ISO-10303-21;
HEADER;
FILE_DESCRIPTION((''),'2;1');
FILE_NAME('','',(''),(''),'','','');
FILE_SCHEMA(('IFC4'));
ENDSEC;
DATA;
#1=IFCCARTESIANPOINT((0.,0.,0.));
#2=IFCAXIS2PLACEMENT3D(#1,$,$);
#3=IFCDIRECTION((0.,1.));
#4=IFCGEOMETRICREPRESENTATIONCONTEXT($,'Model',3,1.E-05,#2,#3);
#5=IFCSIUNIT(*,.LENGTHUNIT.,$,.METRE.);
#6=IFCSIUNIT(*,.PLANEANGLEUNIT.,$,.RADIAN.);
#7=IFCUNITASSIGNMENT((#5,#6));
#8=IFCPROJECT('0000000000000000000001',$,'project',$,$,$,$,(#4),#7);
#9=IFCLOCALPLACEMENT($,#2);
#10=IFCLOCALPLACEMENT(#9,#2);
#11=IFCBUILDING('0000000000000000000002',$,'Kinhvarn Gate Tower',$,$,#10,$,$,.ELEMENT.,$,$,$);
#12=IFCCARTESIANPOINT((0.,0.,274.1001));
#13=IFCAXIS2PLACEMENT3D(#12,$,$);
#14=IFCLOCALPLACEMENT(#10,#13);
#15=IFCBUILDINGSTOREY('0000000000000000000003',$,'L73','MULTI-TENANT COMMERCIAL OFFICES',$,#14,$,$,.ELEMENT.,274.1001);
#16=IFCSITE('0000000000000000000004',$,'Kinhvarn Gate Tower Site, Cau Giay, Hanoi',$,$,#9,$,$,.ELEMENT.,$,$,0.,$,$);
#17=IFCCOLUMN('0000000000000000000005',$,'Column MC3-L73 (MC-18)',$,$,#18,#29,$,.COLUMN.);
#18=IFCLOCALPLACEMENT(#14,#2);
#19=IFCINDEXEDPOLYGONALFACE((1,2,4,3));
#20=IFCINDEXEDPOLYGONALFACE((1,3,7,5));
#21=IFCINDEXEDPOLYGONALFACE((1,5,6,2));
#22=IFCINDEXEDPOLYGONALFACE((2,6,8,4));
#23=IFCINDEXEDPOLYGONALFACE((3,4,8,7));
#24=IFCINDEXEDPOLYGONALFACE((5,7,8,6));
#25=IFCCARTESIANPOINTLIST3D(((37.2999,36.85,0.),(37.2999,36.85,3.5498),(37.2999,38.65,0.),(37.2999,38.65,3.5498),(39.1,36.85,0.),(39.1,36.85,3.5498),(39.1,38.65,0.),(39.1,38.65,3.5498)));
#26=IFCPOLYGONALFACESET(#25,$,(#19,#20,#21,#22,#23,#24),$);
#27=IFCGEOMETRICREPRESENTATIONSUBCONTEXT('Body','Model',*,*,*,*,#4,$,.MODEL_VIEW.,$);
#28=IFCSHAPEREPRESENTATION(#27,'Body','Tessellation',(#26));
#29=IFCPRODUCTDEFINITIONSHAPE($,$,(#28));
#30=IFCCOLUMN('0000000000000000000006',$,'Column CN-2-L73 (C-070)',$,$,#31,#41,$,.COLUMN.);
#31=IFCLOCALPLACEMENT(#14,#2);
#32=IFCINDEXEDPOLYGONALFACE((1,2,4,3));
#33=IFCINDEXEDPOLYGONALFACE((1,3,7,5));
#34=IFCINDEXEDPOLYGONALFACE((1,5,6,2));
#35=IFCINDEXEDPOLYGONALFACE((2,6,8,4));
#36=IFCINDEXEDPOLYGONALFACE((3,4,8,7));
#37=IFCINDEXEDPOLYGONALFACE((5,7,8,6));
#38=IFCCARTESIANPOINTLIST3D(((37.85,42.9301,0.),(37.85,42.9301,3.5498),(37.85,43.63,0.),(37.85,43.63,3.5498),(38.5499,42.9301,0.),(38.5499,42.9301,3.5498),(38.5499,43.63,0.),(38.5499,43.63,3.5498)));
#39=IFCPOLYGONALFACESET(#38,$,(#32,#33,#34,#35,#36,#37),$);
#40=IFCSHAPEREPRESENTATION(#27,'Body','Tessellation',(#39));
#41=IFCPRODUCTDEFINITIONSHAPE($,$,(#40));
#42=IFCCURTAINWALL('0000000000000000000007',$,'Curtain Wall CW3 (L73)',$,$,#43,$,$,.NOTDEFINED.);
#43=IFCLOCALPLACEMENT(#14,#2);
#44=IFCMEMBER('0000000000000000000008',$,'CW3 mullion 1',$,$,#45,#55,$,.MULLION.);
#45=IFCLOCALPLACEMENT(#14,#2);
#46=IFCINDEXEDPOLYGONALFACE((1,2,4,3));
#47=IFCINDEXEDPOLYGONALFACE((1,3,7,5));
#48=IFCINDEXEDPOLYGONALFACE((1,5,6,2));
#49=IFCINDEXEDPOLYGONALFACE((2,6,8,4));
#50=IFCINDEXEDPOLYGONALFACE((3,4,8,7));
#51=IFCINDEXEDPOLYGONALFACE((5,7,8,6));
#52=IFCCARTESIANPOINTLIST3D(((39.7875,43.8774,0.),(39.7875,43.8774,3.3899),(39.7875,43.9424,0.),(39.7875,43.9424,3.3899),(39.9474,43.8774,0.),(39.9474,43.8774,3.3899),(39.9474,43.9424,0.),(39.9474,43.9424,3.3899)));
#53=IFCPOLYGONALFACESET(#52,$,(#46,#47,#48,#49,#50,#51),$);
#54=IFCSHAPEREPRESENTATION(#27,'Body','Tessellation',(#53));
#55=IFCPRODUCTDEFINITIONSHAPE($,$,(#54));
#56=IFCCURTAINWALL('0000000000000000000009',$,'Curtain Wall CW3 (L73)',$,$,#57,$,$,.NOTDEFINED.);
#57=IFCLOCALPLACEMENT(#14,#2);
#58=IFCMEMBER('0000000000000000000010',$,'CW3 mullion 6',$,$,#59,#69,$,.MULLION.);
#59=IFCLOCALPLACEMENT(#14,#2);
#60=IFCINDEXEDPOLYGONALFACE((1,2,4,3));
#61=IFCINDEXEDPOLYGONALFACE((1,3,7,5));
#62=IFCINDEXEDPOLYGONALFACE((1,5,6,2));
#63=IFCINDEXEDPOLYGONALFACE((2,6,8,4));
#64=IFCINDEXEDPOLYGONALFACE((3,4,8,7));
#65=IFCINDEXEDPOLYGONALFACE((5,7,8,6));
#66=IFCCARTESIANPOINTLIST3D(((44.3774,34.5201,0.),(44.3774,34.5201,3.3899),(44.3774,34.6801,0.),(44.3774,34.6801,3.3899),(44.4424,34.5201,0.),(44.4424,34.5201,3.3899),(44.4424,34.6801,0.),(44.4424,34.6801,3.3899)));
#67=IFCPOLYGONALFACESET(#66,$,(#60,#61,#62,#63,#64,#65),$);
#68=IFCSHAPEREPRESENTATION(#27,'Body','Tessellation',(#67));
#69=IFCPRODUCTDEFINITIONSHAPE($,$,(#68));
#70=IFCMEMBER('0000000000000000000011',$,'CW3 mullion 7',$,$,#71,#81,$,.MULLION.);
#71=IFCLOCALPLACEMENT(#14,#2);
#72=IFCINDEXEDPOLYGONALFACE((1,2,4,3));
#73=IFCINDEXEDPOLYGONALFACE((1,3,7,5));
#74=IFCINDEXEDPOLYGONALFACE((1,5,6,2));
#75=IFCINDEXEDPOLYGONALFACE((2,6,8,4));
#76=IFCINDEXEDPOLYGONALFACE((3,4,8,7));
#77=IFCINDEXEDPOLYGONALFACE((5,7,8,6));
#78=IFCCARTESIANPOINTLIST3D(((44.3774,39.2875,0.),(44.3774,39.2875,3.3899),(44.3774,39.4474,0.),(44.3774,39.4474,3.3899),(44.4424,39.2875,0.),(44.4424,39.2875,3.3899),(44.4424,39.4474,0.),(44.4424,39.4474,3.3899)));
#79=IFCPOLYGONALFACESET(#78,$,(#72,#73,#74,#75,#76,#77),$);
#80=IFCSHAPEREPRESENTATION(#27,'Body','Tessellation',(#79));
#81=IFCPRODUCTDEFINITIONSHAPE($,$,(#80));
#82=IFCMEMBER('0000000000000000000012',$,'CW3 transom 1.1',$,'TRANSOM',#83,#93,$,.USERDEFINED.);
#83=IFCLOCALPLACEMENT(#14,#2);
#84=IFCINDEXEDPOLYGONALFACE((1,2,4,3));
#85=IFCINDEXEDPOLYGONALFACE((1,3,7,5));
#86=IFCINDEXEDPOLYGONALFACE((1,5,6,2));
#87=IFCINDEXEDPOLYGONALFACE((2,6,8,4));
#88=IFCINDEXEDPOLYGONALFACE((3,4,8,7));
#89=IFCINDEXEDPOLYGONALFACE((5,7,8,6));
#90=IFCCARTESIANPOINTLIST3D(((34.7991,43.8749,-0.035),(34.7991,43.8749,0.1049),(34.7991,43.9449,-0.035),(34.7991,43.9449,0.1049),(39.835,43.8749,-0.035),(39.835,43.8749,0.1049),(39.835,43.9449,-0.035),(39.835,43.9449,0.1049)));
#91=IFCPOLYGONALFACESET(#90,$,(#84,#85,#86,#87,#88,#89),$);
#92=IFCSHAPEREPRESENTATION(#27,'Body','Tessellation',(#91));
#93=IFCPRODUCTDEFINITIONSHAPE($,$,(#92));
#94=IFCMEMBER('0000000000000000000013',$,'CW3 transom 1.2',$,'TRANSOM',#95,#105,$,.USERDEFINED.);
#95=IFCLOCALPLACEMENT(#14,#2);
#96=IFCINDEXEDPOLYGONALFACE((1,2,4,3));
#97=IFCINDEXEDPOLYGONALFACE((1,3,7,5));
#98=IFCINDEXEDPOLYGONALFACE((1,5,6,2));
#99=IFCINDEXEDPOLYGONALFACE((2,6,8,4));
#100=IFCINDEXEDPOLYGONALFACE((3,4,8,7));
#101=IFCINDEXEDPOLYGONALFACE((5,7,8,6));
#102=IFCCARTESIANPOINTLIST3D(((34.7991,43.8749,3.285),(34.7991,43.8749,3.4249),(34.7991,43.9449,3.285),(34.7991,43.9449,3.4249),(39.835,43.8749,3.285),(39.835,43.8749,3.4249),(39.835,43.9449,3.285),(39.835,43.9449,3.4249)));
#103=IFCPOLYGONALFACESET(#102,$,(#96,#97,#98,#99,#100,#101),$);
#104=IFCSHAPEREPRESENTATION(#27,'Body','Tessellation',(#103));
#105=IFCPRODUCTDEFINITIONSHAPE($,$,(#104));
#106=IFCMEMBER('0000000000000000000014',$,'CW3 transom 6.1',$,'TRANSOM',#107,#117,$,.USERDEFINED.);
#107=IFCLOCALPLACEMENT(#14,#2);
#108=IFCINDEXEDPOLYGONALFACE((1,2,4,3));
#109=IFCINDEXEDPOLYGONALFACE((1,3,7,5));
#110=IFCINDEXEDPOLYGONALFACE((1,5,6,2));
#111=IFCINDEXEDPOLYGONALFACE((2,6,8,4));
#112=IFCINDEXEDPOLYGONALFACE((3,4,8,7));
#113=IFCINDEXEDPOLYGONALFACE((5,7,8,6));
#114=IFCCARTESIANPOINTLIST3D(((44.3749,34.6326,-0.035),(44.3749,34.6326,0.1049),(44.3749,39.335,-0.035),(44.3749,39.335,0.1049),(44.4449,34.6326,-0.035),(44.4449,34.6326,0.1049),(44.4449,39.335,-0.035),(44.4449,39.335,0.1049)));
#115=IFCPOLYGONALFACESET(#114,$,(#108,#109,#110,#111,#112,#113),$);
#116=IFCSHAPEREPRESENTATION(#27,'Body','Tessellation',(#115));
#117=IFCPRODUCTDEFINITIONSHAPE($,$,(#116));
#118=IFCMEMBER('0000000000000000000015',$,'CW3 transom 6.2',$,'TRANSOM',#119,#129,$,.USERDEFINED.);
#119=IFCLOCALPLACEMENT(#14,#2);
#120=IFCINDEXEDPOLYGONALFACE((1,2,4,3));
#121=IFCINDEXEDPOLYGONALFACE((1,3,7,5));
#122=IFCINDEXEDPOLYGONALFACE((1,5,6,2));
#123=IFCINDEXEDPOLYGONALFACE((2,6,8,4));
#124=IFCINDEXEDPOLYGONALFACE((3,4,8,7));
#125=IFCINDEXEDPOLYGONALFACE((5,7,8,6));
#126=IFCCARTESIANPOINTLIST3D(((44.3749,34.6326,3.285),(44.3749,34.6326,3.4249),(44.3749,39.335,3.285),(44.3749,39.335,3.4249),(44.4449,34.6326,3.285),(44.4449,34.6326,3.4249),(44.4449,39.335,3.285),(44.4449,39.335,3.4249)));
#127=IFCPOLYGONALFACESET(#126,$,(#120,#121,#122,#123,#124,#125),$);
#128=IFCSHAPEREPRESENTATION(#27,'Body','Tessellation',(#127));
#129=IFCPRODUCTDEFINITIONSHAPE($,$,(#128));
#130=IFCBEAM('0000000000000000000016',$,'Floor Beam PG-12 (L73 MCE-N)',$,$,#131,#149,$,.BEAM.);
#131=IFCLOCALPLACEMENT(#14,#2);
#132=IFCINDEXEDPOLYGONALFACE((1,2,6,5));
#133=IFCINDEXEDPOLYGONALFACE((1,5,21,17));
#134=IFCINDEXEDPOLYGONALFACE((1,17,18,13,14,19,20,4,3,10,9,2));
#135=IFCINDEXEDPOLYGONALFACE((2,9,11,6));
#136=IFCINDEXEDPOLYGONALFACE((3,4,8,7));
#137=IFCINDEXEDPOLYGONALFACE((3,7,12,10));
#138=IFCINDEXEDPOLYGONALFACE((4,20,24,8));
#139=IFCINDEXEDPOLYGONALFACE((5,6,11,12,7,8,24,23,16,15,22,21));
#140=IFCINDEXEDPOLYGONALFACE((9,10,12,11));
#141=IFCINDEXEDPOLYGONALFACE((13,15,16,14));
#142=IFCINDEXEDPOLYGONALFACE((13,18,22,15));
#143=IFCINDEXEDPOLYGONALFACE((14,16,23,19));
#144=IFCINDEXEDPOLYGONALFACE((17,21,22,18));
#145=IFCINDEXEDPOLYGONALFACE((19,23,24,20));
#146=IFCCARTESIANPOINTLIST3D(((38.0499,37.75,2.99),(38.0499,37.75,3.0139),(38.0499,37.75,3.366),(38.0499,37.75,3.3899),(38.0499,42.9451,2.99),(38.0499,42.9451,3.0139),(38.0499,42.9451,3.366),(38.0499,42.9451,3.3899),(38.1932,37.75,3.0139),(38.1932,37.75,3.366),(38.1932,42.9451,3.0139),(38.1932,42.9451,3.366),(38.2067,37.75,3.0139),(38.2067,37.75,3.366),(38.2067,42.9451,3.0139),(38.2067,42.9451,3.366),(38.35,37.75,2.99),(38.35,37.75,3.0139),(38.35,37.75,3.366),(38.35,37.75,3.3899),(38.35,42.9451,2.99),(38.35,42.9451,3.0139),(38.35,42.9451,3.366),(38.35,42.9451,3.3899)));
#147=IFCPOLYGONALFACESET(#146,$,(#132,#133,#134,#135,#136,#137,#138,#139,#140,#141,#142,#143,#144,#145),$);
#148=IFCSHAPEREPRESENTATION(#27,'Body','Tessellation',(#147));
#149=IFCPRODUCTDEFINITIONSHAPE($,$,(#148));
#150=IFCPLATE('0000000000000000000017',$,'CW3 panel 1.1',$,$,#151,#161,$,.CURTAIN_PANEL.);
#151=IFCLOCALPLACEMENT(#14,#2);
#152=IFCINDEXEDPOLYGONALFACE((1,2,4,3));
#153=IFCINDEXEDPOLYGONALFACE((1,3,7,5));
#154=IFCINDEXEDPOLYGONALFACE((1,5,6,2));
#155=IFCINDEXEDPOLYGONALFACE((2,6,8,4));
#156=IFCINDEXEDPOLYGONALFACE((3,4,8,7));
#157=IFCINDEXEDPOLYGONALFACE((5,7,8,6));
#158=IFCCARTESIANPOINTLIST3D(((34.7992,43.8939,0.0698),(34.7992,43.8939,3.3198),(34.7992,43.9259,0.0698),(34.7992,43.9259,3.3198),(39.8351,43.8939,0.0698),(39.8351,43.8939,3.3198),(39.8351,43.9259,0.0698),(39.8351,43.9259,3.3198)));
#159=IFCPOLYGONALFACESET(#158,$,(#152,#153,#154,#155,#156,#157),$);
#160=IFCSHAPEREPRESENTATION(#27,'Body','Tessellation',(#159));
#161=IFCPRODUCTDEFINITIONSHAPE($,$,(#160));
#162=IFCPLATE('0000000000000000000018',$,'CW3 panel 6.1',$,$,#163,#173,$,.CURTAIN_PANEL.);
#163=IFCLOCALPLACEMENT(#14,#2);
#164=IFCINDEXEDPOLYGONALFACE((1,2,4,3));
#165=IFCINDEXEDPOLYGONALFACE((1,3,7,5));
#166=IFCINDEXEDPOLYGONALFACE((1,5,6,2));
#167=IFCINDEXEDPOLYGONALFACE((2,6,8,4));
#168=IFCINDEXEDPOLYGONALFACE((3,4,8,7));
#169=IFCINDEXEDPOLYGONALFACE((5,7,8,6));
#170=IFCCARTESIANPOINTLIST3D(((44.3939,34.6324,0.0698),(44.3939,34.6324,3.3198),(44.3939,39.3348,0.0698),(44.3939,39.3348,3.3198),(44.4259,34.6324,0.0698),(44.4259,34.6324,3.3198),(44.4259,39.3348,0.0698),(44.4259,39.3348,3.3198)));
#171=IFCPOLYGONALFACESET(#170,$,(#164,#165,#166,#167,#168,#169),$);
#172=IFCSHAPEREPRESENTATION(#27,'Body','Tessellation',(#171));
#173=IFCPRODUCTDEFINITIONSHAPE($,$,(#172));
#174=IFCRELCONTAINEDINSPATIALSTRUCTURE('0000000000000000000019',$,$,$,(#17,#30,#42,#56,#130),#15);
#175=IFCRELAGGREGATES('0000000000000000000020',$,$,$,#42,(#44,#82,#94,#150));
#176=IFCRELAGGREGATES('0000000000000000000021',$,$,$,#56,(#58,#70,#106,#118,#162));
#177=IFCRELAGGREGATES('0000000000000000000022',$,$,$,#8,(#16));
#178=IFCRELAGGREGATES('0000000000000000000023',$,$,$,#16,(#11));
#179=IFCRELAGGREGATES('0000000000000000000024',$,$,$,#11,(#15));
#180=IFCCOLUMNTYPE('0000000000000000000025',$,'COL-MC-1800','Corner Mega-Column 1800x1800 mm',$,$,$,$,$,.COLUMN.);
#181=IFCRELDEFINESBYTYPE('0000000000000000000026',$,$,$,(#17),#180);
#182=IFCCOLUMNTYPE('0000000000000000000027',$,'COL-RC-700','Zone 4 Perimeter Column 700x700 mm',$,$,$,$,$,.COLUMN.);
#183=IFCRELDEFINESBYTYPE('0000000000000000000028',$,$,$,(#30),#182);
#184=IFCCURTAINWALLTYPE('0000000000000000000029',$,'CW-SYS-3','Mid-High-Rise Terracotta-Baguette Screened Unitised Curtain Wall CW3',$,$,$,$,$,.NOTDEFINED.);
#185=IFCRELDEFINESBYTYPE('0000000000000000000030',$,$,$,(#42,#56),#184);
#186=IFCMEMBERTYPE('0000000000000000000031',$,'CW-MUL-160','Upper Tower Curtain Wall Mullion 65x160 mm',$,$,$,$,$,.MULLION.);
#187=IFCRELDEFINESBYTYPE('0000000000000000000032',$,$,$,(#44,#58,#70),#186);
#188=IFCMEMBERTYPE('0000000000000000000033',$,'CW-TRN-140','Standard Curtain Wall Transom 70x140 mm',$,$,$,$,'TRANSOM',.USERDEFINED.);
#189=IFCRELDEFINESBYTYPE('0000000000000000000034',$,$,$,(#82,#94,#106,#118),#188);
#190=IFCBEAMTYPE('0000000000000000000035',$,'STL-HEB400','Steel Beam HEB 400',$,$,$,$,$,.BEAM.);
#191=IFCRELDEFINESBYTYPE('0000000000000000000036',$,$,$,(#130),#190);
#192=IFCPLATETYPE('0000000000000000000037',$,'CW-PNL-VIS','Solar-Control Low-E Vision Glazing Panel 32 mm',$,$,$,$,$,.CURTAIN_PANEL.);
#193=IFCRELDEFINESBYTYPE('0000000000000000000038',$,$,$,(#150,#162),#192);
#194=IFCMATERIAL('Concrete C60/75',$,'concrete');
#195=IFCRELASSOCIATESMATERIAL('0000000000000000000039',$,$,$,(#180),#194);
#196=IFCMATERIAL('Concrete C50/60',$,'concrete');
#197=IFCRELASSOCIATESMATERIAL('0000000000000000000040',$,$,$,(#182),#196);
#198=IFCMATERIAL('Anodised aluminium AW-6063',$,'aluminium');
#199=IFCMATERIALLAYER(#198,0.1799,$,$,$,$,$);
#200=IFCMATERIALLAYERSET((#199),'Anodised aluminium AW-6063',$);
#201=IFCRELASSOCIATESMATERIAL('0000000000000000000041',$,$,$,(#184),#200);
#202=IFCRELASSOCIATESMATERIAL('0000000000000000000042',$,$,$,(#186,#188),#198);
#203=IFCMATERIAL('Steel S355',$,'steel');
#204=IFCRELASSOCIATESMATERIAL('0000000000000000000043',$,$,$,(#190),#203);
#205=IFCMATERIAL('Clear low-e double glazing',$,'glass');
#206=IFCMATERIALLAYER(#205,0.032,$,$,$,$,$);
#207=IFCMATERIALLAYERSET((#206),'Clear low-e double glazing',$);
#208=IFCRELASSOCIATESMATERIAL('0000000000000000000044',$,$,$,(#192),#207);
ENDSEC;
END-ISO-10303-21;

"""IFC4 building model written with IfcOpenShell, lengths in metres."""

from ifc_helpers import new_model, si_unit, direction, frame, origin, origin_2d, place, context, subcontext, project, spatial, rectangle, i_section, extrude, material, layer, layer_set, material_profile, profile_set, type_object, element, aggregate, save


model = new_model("IFC4")

# Units and contexts
model_context = context("Model", 3, precision=1e-05, world=origin(), true_north=direction((0.0, 1.0)))
body_context = subcontext(model_context, "Body", "Model", "MODEL_VIEW")
ifc_project = project(units=[si_unit("LENGTHUNIT", "METRE"), si_unit("PLANEANGLEUNIT", "RADIAN")], contexts=[model_context])

# Site, building, storey
site_placement = place(None, origin())
site = spatial("IfcSite", under=ifc_project, at=site_placement, Name="Kinhvarn Gate Tower Site, Cau Giay, Hanoi", CompositionType="ELEMENT", RefElevation=0.0)
building_placement = place(site_placement, origin())
building = spatial("IfcBuilding", under=site, at=building_placement, Name="Kinhvarn Gate Tower", CompositionType="ELEMENT")
storey_placement = place(building_placement, frame((0.0, 0.0, 274.1001)))
storey = spatial("IfcBuildingStorey", under=building, at=storey_placement, Name="L73", Description="MULTI-TENANT COMMERCIAL OFFICES", CompositionType="ELEMENT", Elevation=274.1001)

# Columns
ifc_material_1 = material(Name="Concrete C60/75", Category="concrete")
ifc_material_profile_1 = material_profile(ifc_material_1, rectangle(XDim=1.8, YDim=1.8, at=origin_2d()), Name="RC 1800x1800")
ifc_profile_set_1 = profile_set([ifc_material_profile_1], Name="Concrete C60/75")
column_type_1 = type_object("IfcColumnType", Name="COL-MC-1800", Description="Corner Mega-Column 1800x1800 mm", PredefinedType="COLUMN", material=ifc_profile_set_1)
column_1_placement = place(storey_placement, frame((38.2, 37.75, 0.0), z_axis=(0.0, 0.0, 1.0), x_axis=(1.0, 0.0, 0.0)))
element("IfcColumn", 1, at=column_1_placement, inside=storey, type_object=column_type_1, Name="Column MC3-L73 (MC-18)", PredefinedType="COLUMN", context=body_context, shape_type="SweptSolid", body=[
    extrude(rectangle(XDim=1.8, YDim=1.8, at=origin_2d()), origin(), (0.0, 0.0, 1.0), 3.5498),
])
ifc_material_2 = material(Name="Concrete C50/60", Category="concrete")
ifc_material_profile_2 = material_profile(ifc_material_2, rectangle(XDim=0.7, YDim=0.7, at=origin_2d()), Name="RC 700x700")
ifc_profile_set_2 = profile_set([ifc_material_profile_2], Name="Concrete C50/60")
column_type_2 = type_object("IfcColumnType", Name="COL-RC-700", Description="Zone 4 Perimeter Column 700x700 mm", PredefinedType="COLUMN", material=ifc_profile_set_2)
column_2_placement = place(storey_placement, frame((38.2, 43.28, 0.0), z_axis=(0.0, 0.0, 1.0), x_axis=(1.0, 0.0, 0.0)))
element("IfcColumn", 2, at=column_2_placement, inside=storey, type_object=column_type_2, Name="Column CN-2-L73 (C-070)", PredefinedType="COLUMN", context=body_context, shape_type="SweptSolid", body=[
    extrude(rectangle(XDim=0.7, YDim=0.7, at=origin_2d()), origin(), (0.0, 0.0, 1.0), 3.5498),
])

# Curtain wall, member
ifc_material_3 = material(Name="Anodised aluminium AW-6063", Category="aluminium")
ifc_layer_1 = layer(ifc_material_3, 0.1799)
ifc_layer_set_1 = layer_set([ifc_layer_1], Name="Anodised aluminium AW-6063")
curtain_wall_type = type_object("IfcCurtainWallType", Name="CW-SYS-3", Description="Mid-High-Rise Terracotta-Baguette Screened Unitised Curtain Wall CW3", PredefinedType="NOTDEFINED", material=ifc_layer_set_1)
curtain_wall_1_placement = place(storey_placement, origin())
curtain_wall_1 = element("IfcCurtainWall", 3, at=curtain_wall_1_placement, inside=storey, type_object=curtain_wall_type, Name="Curtain Wall CW3 (L73)", PredefinedType="NOTDEFINED")
ifc_material_profile_3 = material_profile(ifc_material_3, rectangle(XDim=0.0649, YDim=0.1599, at=origin_2d()), Name="ALU 65x160")
ifc_profile_set_3 = profile_set([ifc_material_profile_3], Name="Anodised aluminium AW-6063")
member_type_1 = type_object("IfcMemberType", Name="CW-MUL-160", Description="Upper Tower Curtain Wall Mullion 65x160 mm", PredefinedType="MULLION", material=ifc_profile_set_3)
member_1_placement = place(storey_placement, frame((39.8674, 43.9099, 0.0), z_axis=(0.0, 0.0, 1.0), x_axis=(0.0, -1.0, 0.0)))
member_1 = element("IfcMember", 4, at=member_1_placement, type_object=member_type_1, Name="CW3 mullion 1", PredefinedType="MULLION", context=body_context, shape_type="SweptSolid", body=[
    extrude(rectangle(XDim=0.0649, YDim=0.1599, at=origin_2d()), origin(), (0.0, 0.0, 1.0), 3.3899),
])

# Curtain wall, members
curtain_wall_2_placement = place(storey_placement, origin())
curtain_wall_2 = element("IfcCurtainWall", 5, at=curtain_wall_2_placement, inside=storey, type_object=curtain_wall_type, Name="Curtain Wall CW3 (L73)", PredefinedType="NOTDEFINED")
member_2_placement = place(storey_placement, frame((44.4099, 34.6001, 0.0), z_axis=(0.0, 0.0, 1.0), x_axis=(-1.0, 0.0, 0.0)))
member_2 = element("IfcMember", 6, at=member_2_placement, type_object=member_type_1, Name="CW3 mullion 6", PredefinedType="MULLION", context=body_context, shape_type="SweptSolid", body=[
    extrude(rectangle(XDim=0.0649, YDim=0.1599, at=origin_2d()), origin(), (0.0, 0.0, 1.0), 3.3899),
])
member_3_placement = place(storey_placement, frame((44.4099, 39.3674, 0.0), z_axis=(0.0, 0.0, 1.0), x_axis=(-1.0, 0.0, 0.0)))
member_3 = element("IfcMember", 7, at=member_3_placement, type_object=member_type_1, Name="CW3 mullion 7", PredefinedType="MULLION", context=body_context, shape_type="SweptSolid", body=[
    extrude(rectangle(XDim=0.0649, YDim=0.1599, at=origin_2d()), origin(), (0.0, 0.0, 1.0), 3.3899),
])

# Members
ifc_material_profile_4 = material_profile(ifc_material_3, rectangle(XDim=0.0701, YDim=0.1399, at=origin_2d()), Name="ALU 70x140")
ifc_profile_set_4 = profile_set([ifc_material_profile_4], Name="Anodised aluminium AW-6063")
member_type_2 = type_object("IfcMemberType", Name="CW-TRN-140", Description="Standard Curtain Wall Transom 70x140 mm", ElementType="TRANSOM", PredefinedType="USERDEFINED", material=ifc_profile_set_4)
member_4_placement = place(storey_placement, frame((39.835, 43.9099, 0.0349), z_axis=(-1.0, 0.0, 0.0), x_axis=(0.0, -1.0, 0.0)))
member_4 = element("IfcMember", 8, at=member_4_placement, type_object=member_type_2, Name="CW3 transom 1.1", ObjectType="TRANSOM", PredefinedType="USERDEFINED", context=body_context, shape_type="SweptSolid", body=[
    extrude(rectangle(XDim=0.0701, YDim=0.1399, at=origin_2d()), origin(), (0.0, 0.0, 1.0), 5.0359),
])
member_5_placement = place(storey_placement, frame((39.835, 43.9099, 3.355), z_axis=(-1.0, 0.0, 0.0), x_axis=(0.0, -1.0, 0.0)))
member_5 = element("IfcMember", 9, at=member_5_placement, type_object=member_type_2, Name="CW3 transom 1.2", ObjectType="TRANSOM", PredefinedType="USERDEFINED", context=body_context, shape_type="SweptSolid", body=[
    extrude(rectangle(XDim=0.0701, YDim=0.1399, at=origin_2d()), origin(), (0.0, 0.0, 1.0), 5.0359),
])
member_6_placement = place(storey_placement, frame((44.4099, 34.6326, 0.0349), z_axis=(0.0, 1.0, 0.0), x_axis=(-1.0, 0.0, 0.0)))
member_6 = element("IfcMember", 10, at=member_6_placement, type_object=member_type_2, Name="CW3 transom 6.1", ObjectType="TRANSOM", PredefinedType="USERDEFINED", context=body_context, shape_type="SweptSolid", body=[
    extrude(rectangle(XDim=0.0701, YDim=0.1399, at=origin_2d()), origin(), (0.0, 0.0, 1.0), 4.7024),
])
member_7_placement = place(storey_placement, frame((44.4099, 34.6326, 3.355), z_axis=(0.0, 1.0, 0.0), x_axis=(-1.0, 0.0, 0.0)))
member_7 = element("IfcMember", 11, at=member_7_placement, type_object=member_type_2, Name="CW3 transom 6.2", ObjectType="TRANSOM", PredefinedType="USERDEFINED", context=body_context, shape_type="SweptSolid", body=[
    extrude(rectangle(XDim=0.0701, YDim=0.1399, at=origin_2d()), origin(), (0.0, 0.0, 1.0), 4.7024),
])

# Beam
ifc_material_4 = material(Name="Steel S355", Category="steel")
ifc_material_profile_5 = material_profile(ifc_material_4, i_section(OverallWidth=0.3, OverallDepth=0.3999, WebThickness=0.0134, FlangeThickness=0.0239, at=origin_2d()), Name="HEB 400")
ifc_profile_set_5 = profile_set([ifc_material_profile_5], Name="Steel S355")
beam_type = type_object("IfcBeamType", Name="STL-HEB400", Description="Steel Beam HEB 400", PredefinedType="BEAM", material=ifc_profile_set_5)
beam_placement = place(storey_placement, frame((38.2, 37.75, 3.1899), z_axis=(0.0, 1.0, 0.0), x_axis=(-1.0, 0.0, 0.0)))
element("IfcBeam", 12, at=beam_placement, inside=storey, type_object=beam_type, Name="Floor Beam PG-12 (L73 MCE-N)", PredefinedType="BEAM", context=body_context, shape_type="SweptSolid", body=[
    extrude(i_section(OverallWidth=0.3, OverallDepth=0.3999, WebThickness=0.0134, FlangeThickness=0.0239, at=origin_2d()), origin(), (0.0, 0.0, 1.0), 5.1951),
])

# Plates
ifc_material_5 = material(Name="Clear low-e double glazing", Category="glass")
ifc_layer_2 = layer(ifc_material_5, 0.032)
ifc_layer_set_2 = layer_set([ifc_layer_2], Name="Clear low-e double glazing")
plate_type = type_object("IfcPlateType", Name="CW-PNL-VIS", Description="Solar-Control Low-E Vision Glazing Panel 32 mm", PredefinedType="CURTAIN_PANEL", material=ifc_layer_set_2)
plate_1_placement = place(storey_placement, frame((37.3171, 43.9099, 0.0698), z_axis=(0.0, 0.0, 1.0), x_axis=(-1.0, 0.0, 0.0)))
plate_1 = element("IfcPlate", 13, at=plate_1_placement, type_object=plate_type, Name="CW3 panel 1.1", PredefinedType="CURTAIN_PANEL", context=body_context, shape_type="SweptSolid", body=[
    extrude(rectangle(XDim=5.0359, YDim=0.032, at=origin_2d()), origin(), (0.0, 0.0, 1.0), 3.25),
])
aggregate(curtain_wall_1, [member_1, member_4, member_5, plate_1])
plate_2_placement = place(storey_placement, frame((44.4099, 36.9836, 0.0698), z_axis=(0.0, 0.0, 1.0), x_axis=(0.0, 1.0, 0.0)))
plate_2 = element("IfcPlate", 14, at=plate_2_placement, type_object=plate_type, Name="CW3 panel 6.1", PredefinedType="CURTAIN_PANEL", context=body_context, shape_type="SweptSolid", body=[
    extrude(rectangle(XDim=4.7024, YDim=0.032, at=origin_2d()), origin(), (0.0, 0.0, 1.0), 3.25),
])
aggregate(curtain_wall_2, [member_2, member_3, member_6, member_7, plate_2])

save(model, "model.ifc")
